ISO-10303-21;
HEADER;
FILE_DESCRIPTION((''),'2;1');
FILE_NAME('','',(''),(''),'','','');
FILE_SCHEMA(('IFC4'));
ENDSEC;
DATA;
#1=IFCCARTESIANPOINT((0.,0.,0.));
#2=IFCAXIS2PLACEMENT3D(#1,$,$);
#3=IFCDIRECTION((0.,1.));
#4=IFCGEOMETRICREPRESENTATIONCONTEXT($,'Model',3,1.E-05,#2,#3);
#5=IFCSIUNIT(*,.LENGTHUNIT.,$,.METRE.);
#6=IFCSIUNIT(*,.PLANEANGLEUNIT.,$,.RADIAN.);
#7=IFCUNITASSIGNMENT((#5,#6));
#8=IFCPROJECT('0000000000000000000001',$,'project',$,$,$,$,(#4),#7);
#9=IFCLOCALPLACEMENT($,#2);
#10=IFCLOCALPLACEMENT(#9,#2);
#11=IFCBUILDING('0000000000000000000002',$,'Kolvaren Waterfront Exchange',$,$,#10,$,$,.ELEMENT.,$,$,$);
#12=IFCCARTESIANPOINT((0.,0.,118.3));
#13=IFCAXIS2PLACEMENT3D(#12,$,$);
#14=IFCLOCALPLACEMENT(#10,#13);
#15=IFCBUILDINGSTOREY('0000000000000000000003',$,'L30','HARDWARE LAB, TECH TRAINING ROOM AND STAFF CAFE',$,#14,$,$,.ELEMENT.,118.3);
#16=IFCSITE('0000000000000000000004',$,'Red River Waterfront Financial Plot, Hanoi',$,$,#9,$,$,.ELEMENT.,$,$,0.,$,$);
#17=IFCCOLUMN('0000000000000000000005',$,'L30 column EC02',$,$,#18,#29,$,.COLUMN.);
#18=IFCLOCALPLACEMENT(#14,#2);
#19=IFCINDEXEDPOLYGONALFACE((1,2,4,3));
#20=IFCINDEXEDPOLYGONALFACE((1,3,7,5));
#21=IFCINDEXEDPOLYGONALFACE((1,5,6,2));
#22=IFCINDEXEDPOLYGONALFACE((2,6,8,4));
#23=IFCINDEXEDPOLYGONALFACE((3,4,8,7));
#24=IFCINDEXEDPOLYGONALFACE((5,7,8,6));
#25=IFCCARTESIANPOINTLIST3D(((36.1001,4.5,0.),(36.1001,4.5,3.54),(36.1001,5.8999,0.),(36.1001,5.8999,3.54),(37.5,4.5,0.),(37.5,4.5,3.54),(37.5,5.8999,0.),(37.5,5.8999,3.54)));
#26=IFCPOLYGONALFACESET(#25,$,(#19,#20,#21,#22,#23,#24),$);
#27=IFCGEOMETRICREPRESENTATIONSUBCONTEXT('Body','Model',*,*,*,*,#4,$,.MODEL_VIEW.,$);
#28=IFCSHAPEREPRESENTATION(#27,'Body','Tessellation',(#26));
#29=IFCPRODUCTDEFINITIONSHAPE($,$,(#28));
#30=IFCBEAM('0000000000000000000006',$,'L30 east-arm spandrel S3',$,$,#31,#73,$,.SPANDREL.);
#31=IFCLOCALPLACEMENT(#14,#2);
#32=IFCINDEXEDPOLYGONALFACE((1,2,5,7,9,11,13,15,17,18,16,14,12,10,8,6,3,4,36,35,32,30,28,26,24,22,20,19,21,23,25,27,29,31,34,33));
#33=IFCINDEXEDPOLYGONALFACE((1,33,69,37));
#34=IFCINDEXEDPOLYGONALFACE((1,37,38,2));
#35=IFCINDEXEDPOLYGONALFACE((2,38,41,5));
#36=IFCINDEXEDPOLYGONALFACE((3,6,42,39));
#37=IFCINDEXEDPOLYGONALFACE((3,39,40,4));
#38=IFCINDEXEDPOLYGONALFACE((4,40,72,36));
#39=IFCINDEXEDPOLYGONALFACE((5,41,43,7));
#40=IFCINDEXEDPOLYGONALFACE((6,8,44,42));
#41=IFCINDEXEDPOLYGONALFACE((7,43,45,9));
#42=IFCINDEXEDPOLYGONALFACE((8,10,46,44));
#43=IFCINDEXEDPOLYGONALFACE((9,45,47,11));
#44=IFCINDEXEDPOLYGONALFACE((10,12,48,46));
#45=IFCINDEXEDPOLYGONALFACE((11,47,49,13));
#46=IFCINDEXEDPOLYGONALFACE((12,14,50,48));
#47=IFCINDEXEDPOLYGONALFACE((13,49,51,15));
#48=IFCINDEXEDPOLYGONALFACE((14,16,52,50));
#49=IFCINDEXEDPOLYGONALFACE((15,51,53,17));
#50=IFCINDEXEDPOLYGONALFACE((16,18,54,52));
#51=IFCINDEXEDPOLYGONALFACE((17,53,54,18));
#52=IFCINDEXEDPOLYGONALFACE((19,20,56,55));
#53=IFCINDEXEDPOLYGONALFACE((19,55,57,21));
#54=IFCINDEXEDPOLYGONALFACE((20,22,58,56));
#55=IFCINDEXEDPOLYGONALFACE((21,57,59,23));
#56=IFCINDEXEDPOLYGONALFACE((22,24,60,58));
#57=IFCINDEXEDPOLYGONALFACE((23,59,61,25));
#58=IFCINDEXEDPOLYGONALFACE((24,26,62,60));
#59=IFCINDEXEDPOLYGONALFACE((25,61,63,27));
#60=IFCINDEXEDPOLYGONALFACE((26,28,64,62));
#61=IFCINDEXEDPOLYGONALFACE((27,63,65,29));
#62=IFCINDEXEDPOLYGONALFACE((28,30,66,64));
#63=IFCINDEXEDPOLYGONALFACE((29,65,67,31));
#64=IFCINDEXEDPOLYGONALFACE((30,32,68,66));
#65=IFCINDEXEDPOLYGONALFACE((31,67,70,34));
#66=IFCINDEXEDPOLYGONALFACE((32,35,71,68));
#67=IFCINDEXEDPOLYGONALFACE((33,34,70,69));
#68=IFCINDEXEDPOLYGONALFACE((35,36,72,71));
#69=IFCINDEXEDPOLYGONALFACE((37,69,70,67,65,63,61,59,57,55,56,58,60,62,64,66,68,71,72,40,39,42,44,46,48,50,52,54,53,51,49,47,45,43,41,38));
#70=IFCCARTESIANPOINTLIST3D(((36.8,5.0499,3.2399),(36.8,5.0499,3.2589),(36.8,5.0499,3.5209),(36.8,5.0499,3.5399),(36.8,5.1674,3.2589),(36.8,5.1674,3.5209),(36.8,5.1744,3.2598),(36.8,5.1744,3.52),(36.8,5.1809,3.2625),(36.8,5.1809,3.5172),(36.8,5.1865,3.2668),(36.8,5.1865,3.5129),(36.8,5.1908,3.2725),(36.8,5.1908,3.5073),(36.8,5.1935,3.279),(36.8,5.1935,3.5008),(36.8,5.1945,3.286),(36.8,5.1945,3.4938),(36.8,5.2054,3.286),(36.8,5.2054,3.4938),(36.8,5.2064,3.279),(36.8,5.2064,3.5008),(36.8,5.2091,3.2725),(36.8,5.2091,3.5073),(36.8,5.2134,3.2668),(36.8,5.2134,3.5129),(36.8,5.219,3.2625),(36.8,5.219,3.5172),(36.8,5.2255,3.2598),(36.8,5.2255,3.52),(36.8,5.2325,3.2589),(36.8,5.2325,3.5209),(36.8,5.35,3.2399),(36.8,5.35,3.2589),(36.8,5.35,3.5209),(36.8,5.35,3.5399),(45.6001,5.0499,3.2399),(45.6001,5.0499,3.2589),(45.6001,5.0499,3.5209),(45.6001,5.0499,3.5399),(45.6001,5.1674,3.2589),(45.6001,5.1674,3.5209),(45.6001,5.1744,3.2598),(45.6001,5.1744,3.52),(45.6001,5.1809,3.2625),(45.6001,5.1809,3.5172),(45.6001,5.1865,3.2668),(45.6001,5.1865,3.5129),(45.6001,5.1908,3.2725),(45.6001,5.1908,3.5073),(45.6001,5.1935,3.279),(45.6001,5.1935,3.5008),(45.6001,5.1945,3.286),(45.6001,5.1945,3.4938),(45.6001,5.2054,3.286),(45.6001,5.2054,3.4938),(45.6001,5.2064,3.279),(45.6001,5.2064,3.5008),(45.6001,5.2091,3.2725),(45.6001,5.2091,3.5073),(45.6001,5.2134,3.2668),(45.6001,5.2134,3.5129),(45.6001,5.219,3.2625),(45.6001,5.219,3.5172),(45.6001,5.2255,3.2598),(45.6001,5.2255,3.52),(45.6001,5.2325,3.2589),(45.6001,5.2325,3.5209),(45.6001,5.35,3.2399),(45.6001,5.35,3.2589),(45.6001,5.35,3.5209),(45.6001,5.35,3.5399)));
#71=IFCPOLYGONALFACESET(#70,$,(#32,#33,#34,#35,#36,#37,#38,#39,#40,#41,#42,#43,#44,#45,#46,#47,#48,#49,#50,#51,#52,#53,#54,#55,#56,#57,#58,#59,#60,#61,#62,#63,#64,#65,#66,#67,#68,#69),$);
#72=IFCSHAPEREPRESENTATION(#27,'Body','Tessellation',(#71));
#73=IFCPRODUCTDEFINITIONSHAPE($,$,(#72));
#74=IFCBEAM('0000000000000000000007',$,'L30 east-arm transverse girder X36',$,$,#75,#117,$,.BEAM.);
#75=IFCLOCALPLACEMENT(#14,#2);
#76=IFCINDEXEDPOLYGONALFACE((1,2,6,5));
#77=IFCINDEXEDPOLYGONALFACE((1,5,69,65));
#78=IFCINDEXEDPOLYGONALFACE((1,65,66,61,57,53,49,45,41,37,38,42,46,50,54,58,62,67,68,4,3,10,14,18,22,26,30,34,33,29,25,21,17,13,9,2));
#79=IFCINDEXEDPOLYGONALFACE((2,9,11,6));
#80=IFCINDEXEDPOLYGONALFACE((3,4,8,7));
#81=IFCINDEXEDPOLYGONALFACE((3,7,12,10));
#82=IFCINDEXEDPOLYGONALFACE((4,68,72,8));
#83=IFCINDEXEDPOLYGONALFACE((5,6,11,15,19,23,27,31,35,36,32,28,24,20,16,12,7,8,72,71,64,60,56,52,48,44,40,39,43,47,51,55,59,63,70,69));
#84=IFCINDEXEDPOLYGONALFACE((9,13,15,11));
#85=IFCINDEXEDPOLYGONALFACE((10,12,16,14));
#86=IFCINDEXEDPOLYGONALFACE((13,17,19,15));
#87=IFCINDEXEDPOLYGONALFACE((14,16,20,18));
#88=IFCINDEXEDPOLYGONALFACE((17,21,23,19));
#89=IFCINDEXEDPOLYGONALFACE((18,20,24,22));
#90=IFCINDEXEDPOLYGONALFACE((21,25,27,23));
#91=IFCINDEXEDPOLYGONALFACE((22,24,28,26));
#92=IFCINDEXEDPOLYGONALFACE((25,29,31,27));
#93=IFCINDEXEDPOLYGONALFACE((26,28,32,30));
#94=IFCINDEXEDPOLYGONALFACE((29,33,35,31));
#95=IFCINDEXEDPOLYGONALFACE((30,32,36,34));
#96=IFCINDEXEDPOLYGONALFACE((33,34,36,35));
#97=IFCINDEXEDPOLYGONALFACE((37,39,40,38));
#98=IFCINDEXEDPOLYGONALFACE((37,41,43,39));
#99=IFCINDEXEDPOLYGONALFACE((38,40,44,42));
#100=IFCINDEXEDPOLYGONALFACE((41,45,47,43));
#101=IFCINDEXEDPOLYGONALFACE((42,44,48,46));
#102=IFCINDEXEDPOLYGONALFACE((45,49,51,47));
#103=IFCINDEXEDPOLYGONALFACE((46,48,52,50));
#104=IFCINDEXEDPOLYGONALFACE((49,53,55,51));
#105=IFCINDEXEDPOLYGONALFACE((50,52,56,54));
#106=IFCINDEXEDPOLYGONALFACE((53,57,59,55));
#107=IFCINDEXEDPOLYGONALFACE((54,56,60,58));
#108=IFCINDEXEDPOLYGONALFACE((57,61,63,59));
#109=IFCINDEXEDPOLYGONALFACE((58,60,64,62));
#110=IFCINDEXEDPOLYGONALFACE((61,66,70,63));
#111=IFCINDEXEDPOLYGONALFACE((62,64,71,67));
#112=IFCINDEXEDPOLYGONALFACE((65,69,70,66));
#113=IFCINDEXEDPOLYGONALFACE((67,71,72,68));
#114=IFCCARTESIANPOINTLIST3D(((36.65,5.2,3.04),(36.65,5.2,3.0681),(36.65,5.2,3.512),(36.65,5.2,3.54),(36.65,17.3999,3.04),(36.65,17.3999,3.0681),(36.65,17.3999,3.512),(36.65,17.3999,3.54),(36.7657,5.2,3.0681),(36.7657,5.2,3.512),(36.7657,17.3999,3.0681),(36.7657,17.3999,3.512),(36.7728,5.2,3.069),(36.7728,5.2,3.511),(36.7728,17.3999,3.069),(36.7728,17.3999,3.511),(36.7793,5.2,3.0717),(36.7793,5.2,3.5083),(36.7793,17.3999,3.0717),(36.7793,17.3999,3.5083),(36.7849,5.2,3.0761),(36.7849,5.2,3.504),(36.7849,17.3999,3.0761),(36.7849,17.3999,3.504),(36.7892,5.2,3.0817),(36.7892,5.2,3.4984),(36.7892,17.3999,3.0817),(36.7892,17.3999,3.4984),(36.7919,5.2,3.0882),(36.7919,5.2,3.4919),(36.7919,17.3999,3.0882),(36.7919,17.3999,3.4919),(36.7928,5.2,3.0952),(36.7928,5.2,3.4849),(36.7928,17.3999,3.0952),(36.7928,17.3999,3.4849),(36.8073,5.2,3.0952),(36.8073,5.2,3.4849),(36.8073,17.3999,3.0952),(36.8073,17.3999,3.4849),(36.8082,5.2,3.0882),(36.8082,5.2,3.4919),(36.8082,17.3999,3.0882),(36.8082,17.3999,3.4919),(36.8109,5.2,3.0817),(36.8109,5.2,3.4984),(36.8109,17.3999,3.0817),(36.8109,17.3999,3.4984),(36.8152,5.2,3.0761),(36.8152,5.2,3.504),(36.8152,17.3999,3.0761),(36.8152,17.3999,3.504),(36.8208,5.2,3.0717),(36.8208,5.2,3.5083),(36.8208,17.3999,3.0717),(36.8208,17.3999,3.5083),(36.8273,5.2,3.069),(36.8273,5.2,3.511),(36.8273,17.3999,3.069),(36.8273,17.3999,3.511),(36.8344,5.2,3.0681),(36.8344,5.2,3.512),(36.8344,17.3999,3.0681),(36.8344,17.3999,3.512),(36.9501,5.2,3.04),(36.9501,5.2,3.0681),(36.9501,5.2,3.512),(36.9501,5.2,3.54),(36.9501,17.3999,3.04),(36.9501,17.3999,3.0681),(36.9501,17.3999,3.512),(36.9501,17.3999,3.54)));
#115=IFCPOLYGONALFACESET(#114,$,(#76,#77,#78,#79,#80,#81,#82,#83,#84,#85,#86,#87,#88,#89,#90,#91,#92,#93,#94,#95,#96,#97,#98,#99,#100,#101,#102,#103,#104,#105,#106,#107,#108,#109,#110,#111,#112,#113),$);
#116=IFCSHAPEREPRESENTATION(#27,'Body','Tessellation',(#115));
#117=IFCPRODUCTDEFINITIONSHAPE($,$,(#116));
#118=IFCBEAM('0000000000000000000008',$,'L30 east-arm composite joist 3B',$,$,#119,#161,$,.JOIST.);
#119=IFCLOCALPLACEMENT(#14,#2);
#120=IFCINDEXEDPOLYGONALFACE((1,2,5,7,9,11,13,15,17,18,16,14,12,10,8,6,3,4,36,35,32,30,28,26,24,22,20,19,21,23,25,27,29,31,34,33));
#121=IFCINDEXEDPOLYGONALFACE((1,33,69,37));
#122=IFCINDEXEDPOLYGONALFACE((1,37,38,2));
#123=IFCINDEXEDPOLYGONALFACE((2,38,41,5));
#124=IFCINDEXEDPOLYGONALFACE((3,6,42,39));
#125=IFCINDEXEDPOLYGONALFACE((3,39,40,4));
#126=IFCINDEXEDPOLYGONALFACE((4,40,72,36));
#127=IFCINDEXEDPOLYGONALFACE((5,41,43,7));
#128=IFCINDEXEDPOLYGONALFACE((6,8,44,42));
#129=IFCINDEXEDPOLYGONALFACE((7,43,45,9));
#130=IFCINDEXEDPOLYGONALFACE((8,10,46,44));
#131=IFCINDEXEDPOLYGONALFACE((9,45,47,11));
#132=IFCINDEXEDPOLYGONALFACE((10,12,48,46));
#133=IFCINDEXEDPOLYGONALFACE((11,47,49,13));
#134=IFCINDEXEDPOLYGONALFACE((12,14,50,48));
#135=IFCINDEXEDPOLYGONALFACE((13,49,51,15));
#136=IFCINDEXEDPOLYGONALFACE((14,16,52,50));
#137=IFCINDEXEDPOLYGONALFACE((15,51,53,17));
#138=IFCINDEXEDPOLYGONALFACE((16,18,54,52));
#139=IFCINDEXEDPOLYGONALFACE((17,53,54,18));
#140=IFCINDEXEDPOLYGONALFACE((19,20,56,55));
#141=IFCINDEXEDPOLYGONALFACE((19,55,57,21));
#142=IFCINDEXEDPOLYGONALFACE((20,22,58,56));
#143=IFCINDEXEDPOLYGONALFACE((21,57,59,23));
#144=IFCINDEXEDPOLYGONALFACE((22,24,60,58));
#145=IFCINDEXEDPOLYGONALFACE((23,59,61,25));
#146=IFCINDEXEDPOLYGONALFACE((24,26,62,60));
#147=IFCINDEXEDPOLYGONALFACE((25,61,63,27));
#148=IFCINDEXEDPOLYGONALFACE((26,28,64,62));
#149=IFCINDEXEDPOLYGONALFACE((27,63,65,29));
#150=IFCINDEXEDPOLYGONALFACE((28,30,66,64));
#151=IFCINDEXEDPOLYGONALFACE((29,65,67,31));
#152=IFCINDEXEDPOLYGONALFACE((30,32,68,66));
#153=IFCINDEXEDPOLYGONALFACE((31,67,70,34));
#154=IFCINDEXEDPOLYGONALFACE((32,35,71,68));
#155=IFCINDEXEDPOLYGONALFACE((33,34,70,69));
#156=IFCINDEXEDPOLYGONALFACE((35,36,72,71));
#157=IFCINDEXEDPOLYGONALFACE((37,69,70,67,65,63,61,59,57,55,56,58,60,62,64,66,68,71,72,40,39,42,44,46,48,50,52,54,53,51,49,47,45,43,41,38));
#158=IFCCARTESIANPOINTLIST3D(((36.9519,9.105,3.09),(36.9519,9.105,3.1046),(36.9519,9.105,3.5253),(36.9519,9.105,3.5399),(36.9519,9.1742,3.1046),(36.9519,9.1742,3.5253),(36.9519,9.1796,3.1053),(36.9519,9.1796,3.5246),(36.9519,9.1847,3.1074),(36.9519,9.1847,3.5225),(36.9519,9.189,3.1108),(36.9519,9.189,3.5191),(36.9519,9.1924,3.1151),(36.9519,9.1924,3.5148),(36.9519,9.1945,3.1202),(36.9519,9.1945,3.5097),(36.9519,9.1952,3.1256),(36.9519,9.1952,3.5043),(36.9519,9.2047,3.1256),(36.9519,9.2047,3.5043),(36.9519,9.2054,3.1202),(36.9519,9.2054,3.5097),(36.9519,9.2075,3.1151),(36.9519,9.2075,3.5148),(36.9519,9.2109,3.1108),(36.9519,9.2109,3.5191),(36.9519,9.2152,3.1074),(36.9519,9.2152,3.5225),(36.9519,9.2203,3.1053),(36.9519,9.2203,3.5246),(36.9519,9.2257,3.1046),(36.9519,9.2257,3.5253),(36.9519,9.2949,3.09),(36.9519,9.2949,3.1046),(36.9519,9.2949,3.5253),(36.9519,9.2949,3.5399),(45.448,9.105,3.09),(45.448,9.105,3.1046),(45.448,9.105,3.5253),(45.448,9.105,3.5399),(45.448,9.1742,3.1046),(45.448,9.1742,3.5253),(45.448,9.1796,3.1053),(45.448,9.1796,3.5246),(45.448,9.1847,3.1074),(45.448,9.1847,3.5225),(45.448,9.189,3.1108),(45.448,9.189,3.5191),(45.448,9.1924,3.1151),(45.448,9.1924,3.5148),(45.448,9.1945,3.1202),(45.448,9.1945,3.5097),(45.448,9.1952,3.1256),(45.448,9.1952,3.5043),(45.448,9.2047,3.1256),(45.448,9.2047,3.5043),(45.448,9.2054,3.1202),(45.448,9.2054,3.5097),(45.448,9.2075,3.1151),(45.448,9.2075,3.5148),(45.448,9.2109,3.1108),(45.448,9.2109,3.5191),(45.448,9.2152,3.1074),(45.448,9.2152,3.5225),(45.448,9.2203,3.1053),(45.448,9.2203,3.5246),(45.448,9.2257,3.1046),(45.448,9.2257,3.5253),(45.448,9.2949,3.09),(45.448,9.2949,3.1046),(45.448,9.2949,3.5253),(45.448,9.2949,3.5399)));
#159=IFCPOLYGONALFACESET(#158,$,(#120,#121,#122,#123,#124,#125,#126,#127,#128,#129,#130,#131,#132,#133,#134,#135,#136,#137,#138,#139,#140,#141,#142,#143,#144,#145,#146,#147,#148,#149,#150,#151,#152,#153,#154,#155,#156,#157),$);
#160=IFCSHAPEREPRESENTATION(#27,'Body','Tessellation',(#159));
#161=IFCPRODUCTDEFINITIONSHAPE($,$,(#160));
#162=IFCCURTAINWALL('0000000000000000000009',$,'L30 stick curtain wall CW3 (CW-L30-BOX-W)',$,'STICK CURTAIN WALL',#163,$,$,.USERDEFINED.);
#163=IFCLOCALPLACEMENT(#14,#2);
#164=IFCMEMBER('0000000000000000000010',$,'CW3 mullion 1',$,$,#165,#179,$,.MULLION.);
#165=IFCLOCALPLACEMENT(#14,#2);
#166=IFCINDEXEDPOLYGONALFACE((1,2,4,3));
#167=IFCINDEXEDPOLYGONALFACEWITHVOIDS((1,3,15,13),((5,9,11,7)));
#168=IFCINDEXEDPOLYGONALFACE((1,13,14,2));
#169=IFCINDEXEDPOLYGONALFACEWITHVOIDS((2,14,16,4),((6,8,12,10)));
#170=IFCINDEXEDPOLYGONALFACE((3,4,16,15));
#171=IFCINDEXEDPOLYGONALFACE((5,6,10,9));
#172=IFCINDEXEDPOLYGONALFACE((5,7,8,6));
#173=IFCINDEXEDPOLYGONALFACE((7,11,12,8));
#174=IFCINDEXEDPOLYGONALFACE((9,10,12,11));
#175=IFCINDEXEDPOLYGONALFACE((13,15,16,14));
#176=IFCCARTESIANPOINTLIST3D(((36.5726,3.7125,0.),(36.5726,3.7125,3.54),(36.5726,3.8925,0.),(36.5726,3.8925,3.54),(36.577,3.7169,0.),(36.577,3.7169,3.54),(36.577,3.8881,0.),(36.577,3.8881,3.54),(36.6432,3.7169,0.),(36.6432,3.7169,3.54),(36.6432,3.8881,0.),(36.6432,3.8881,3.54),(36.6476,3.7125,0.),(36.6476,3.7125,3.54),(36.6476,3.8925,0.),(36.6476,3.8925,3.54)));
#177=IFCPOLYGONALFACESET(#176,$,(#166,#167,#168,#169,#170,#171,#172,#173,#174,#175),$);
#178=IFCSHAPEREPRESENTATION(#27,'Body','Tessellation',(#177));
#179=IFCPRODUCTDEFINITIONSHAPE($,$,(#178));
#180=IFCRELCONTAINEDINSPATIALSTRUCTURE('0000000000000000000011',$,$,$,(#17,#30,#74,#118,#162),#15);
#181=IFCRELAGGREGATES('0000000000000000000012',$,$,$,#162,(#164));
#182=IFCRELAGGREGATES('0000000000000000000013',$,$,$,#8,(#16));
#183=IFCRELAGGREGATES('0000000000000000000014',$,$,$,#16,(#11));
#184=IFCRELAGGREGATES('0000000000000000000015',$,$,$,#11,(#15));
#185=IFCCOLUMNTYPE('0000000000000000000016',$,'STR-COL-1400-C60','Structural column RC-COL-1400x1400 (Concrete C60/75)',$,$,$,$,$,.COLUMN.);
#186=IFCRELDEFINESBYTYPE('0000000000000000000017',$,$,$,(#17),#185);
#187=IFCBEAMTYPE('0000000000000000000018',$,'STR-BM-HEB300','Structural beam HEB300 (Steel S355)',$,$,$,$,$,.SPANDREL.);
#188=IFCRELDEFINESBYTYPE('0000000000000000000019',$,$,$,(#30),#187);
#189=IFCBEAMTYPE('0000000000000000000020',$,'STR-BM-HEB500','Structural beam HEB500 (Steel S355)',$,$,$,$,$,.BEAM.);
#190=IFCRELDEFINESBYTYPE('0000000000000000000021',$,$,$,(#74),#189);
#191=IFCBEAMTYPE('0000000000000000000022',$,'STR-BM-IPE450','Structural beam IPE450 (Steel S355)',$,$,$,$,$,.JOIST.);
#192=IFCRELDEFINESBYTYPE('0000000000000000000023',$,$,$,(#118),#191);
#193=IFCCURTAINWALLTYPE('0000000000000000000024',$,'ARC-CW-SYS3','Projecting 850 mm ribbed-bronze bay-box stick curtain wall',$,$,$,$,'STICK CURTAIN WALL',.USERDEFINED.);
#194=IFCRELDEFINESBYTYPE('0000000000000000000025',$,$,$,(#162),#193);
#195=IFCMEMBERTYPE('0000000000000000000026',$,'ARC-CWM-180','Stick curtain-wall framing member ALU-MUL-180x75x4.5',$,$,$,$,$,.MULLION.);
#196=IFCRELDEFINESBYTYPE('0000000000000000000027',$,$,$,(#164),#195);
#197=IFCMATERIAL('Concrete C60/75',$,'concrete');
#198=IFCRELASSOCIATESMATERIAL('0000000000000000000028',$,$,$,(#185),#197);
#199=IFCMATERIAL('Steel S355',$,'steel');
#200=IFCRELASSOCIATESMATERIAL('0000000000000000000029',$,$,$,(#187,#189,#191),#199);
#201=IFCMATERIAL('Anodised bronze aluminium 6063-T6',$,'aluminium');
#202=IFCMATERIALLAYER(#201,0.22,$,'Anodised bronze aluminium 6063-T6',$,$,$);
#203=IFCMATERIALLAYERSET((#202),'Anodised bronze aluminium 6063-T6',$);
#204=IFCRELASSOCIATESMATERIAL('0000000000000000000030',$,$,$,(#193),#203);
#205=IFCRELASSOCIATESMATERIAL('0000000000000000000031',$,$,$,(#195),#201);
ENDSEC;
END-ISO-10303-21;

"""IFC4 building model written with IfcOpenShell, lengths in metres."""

from ifc_helpers import new_model, si_unit, direction, frame, origin, origin_with_axes, origin_2d, place, context, subcontext, project, spatial, rectangle, hollow_rectangle, i_section, extrude, source, transform, mapped, material, layer, layer_set, material_profile, profile_set, type_object, element, aggregate, save


model = new_model("IFC4")

# Units and contexts
model_context = context("Model", 3, precision=1e-05, world=origin(), true_north=direction((0.0, 1.0)))
body_context = subcontext(model_context, "Body", "Model", "MODEL_VIEW")
ifc_project = project(units=[si_unit("LENGTHUNIT", "METRE"), si_unit("PLANEANGLEUNIT", "RADIAN")], contexts=[model_context])

# Site, building, storey
site_placement = place(None, origin())
site = spatial("IfcSite", under=ifc_project, at=site_placement, Name="Red River Waterfront Financial Plot, Hanoi", CompositionType="ELEMENT", RefElevation=0.0)
building_placement = place(site_placement, origin())
building = spatial("IfcBuilding", under=site, at=building_placement, Name="Kolvaren Waterfront Exchange", CompositionType="ELEMENT")
storey_placement = place(building_placement, frame((0.0, 0.0, 118.3)))
storey = spatial("IfcBuildingStorey", under=building, at=storey_placement, Name="L30", Description="HARDWARE LAB, TECH TRAINING ROOM AND STAFF CAFE", CompositionType="ELEMENT", Elevation=118.3)

# Column
ifc_material_1 = material(Name="Concrete C60/75", Category="concrete")
ifc_material_profile_1 = material_profile(ifc_material_1, rectangle(XDim=1.3999, YDim=1.3999, at=origin_2d()), Name="RC-COL-1400x1400")
ifc_profile_set_1 = profile_set([ifc_material_profile_1], Name="Concrete C60/75")
column_type = type_object("IfcColumnType", Name="STR-COL-1400-C60", Description="Structural column RC-COL-1400x1400 (Concrete C60/75)", PredefinedType="COLUMN", material=ifc_profile_set_1)
column_placement = place(storey_placement, frame((36.8, 5.2, 0.0), z_axis=(0.0, 0.0, 1.0), x_axis=(1.0, 0.0, 0.0)))
element("IfcColumn", 1, at=column_placement, inside=storey, type_object=column_type, Name="L30 column EC02", PredefinedType="COLUMN", context=body_context, shape_type="SweptSolid", body=[
    extrude(rectangle(XDim=1.3999, YDim=1.3999, at=origin_2d()), origin(), (0.0, 0.0, 1.0), 3.54),
])

# Beams
ifc_material_2 = material(Name="Steel S355", Category="steel")
ifc_material_profile_2 = material_profile(ifc_material_2, i_section(OverallWidth=0.3, OverallDepth=0.3, WebThickness=0.011, FlangeThickness=0.019, FilletRadius=0.0271, at=origin_2d()), Name="HEB300")
ifc_profile_set_2 = profile_set([ifc_material_profile_2], Name="Steel S355")
beam_type_1 = type_object("IfcBeamType", Name="STR-BM-HEB300", Description="Structural beam HEB300 (Steel S355)", PredefinedType="SPANDREL", material=ifc_profile_set_2)
beam_1_placement = place(storey_placement, frame((36.8, 5.2, 3.3899), z_axis=(1.0, 0.0, 0.0), x_axis=(0.0, 1.0, 0.0)))
element("IfcBeam", 2, at=beam_1_placement, inside=storey, type_object=beam_type_1, Name="L30 east-arm spandrel S3", PredefinedType="SPANDREL", context=body_context, shape_type="SweptSolid", body=[
    extrude(i_section(OverallWidth=0.3, OverallDepth=0.3, WebThickness=0.011, FlangeThickness=0.019, FilletRadius=0.0271, at=origin_2d()), origin(), (0.0, 0.0, 1.0), 8.8),
])
ifc_material_profile_3 = material_profile(ifc_material_2, i_section(OverallWidth=0.3, OverallDepth=0.5, WebThickness=0.0144, FlangeThickness=0.0281, FilletRadius=0.0271, at=origin_2d()), Name="HEB500")
ifc_profile_set_3 = profile_set([ifc_material_profile_3], Name="Steel S355")
beam_type_2 = type_object("IfcBeamType", Name="STR-BM-HEB500", Description="Structural beam HEB500 (Steel S355)", PredefinedType="BEAM", material=ifc_profile_set_3)
beam_2_placement = place(storey_placement, frame((36.8, 5.2, 3.29), z_axis=(0.0, 1.0, 0.0), x_axis=(-1.0, 0.0, 0.0)))
element("IfcBeam", 3, at=beam_2_placement, inside=storey, type_object=beam_type_2, Name="L30 east-arm transverse girder X36", PredefinedType="BEAM", context=body_context, shape_type="SweptSolid", body=[
    extrude(i_section(OverallWidth=0.3, OverallDepth=0.5, WebThickness=0.0144, FlangeThickness=0.0281, FilletRadius=0.0271, at=origin_2d()), origin(), (0.0, 0.0, 1.0), 12.2),
])
ifc_material_profile_4 = material_profile(ifc_material_2, i_section(OverallWidth=0.1899, OverallDepth=0.45, WebThickness=0.0095, FlangeThickness=0.0146, FilletRadius=0.021, at=origin_2d()), Name="IPE450")
ifc_profile_set_4 = profile_set([ifc_material_profile_4], Name="Steel S355")
beam_type_3 = type_object("IfcBeamType", Name="STR-BM-IPE450", Description="Structural beam IPE450 (Steel S355)", PredefinedType="JOIST", material=ifc_profile_set_4)
beam_3_placement = place(storey_placement, frame((36.9519, 9.2, 3.3149), z_axis=(1.0, 0.0, 0.0), x_axis=(0.0, 1.0, 0.0)))
element("IfcBeam", 4, at=beam_3_placement, inside=storey, type_object=beam_type_3, Name="L30 east-arm composite joist 3B", PredefinedType="JOIST", context=body_context, shape_type="SweptSolid", body=[
    extrude(i_section(OverallWidth=0.1899, OverallDepth=0.45, WebThickness=0.0095, FlangeThickness=0.0146, FilletRadius=0.021, at=origin_2d()), origin(), (0.0, 0.0, 1.0), 8.4961),
])

# Curtain wall, member
ifc_material_3 = material(Name="Anodised bronze aluminium 6063-T6", Category="aluminium")
ifc_layer_1 = layer(ifc_material_3, 0.22, Name="Anodised bronze aluminium 6063-T6")
ifc_layer_set_1 = layer_set([ifc_layer_1], Name="Anodised bronze aluminium 6063-T6")
curtain_wall_type = type_object("IfcCurtainWallType", Name="ARC-CW-SYS3", Description="Projecting 850 mm ribbed-bronze bay-box stick curtain wall", ElementType="STICK CURTAIN WALL", PredefinedType="USERDEFINED", material=ifc_layer_set_1)
curtain_wall_1_placement = place(storey_placement, origin())
curtain_wall_1 = element("IfcCurtainWall", 5, at=curtain_wall_1_placement, inside=storey, type_object=curtain_wall_type, Name="L30 stick curtain wall CW3 (CW-L30-BOX-W)", ObjectType="STICK CURTAIN WALL", PredefinedType="USERDEFINED")
ifc_material_profile_5 = material_profile(ifc_material_3, hollow_rectangle(XDim=0.075, YDim=0.1799, WallThickness=0.0044, at=origin_2d()), Name="ALU-MUL-180x75x4.5")
ifc_profile_set_5 = profile_set([ifc_material_profile_5], Name="Anodised bronze aluminium 6063-T6")
member_type_1 = type_object("IfcMemberType", Name="ARC-CWM-180", Description="Stick curtain-wall framing member ALU-MUL-180x75x4.5", PredefinedType="MULLION", material=ifc_profile_set_5)
shared_shape_1 = source(origin_with_axes(), body_context, "Body", "SweptSolid", [
    extrude(hollow_rectangle(XDim=0.075, YDim=0.1799, WallThickness=0.0044, at=origin_2d()), origin(), (0.0, 0.0, 1.0), 3.54),
])
member_1_placement = place(storey_placement, frame((36.6101, 3.8025, 0.0), z_axis=(0.0, 0.0, 1.0), x_axis=(1.0, 0.0, 0.0)))
member_1 = element("IfcMember", 6, at=member_1_placement, type_object=member_type_1, Name="CW3 mullion 1", PredefinedType="MULLION", context=body_context, shape_type="MappedRepresentation", body=[
    mapped(shared_shape_1, transform((0.0, 0.0, 0.0), x_axis=(1.0, 0.0, 0.0), y_axis=(0.0, 1.0, 0.0), z_axis=(0.0, 0.0, 1.0), scale=1.0)),
])

aggregate(curtain_wall_1, [member_1])

save(model, "model.ifc")
